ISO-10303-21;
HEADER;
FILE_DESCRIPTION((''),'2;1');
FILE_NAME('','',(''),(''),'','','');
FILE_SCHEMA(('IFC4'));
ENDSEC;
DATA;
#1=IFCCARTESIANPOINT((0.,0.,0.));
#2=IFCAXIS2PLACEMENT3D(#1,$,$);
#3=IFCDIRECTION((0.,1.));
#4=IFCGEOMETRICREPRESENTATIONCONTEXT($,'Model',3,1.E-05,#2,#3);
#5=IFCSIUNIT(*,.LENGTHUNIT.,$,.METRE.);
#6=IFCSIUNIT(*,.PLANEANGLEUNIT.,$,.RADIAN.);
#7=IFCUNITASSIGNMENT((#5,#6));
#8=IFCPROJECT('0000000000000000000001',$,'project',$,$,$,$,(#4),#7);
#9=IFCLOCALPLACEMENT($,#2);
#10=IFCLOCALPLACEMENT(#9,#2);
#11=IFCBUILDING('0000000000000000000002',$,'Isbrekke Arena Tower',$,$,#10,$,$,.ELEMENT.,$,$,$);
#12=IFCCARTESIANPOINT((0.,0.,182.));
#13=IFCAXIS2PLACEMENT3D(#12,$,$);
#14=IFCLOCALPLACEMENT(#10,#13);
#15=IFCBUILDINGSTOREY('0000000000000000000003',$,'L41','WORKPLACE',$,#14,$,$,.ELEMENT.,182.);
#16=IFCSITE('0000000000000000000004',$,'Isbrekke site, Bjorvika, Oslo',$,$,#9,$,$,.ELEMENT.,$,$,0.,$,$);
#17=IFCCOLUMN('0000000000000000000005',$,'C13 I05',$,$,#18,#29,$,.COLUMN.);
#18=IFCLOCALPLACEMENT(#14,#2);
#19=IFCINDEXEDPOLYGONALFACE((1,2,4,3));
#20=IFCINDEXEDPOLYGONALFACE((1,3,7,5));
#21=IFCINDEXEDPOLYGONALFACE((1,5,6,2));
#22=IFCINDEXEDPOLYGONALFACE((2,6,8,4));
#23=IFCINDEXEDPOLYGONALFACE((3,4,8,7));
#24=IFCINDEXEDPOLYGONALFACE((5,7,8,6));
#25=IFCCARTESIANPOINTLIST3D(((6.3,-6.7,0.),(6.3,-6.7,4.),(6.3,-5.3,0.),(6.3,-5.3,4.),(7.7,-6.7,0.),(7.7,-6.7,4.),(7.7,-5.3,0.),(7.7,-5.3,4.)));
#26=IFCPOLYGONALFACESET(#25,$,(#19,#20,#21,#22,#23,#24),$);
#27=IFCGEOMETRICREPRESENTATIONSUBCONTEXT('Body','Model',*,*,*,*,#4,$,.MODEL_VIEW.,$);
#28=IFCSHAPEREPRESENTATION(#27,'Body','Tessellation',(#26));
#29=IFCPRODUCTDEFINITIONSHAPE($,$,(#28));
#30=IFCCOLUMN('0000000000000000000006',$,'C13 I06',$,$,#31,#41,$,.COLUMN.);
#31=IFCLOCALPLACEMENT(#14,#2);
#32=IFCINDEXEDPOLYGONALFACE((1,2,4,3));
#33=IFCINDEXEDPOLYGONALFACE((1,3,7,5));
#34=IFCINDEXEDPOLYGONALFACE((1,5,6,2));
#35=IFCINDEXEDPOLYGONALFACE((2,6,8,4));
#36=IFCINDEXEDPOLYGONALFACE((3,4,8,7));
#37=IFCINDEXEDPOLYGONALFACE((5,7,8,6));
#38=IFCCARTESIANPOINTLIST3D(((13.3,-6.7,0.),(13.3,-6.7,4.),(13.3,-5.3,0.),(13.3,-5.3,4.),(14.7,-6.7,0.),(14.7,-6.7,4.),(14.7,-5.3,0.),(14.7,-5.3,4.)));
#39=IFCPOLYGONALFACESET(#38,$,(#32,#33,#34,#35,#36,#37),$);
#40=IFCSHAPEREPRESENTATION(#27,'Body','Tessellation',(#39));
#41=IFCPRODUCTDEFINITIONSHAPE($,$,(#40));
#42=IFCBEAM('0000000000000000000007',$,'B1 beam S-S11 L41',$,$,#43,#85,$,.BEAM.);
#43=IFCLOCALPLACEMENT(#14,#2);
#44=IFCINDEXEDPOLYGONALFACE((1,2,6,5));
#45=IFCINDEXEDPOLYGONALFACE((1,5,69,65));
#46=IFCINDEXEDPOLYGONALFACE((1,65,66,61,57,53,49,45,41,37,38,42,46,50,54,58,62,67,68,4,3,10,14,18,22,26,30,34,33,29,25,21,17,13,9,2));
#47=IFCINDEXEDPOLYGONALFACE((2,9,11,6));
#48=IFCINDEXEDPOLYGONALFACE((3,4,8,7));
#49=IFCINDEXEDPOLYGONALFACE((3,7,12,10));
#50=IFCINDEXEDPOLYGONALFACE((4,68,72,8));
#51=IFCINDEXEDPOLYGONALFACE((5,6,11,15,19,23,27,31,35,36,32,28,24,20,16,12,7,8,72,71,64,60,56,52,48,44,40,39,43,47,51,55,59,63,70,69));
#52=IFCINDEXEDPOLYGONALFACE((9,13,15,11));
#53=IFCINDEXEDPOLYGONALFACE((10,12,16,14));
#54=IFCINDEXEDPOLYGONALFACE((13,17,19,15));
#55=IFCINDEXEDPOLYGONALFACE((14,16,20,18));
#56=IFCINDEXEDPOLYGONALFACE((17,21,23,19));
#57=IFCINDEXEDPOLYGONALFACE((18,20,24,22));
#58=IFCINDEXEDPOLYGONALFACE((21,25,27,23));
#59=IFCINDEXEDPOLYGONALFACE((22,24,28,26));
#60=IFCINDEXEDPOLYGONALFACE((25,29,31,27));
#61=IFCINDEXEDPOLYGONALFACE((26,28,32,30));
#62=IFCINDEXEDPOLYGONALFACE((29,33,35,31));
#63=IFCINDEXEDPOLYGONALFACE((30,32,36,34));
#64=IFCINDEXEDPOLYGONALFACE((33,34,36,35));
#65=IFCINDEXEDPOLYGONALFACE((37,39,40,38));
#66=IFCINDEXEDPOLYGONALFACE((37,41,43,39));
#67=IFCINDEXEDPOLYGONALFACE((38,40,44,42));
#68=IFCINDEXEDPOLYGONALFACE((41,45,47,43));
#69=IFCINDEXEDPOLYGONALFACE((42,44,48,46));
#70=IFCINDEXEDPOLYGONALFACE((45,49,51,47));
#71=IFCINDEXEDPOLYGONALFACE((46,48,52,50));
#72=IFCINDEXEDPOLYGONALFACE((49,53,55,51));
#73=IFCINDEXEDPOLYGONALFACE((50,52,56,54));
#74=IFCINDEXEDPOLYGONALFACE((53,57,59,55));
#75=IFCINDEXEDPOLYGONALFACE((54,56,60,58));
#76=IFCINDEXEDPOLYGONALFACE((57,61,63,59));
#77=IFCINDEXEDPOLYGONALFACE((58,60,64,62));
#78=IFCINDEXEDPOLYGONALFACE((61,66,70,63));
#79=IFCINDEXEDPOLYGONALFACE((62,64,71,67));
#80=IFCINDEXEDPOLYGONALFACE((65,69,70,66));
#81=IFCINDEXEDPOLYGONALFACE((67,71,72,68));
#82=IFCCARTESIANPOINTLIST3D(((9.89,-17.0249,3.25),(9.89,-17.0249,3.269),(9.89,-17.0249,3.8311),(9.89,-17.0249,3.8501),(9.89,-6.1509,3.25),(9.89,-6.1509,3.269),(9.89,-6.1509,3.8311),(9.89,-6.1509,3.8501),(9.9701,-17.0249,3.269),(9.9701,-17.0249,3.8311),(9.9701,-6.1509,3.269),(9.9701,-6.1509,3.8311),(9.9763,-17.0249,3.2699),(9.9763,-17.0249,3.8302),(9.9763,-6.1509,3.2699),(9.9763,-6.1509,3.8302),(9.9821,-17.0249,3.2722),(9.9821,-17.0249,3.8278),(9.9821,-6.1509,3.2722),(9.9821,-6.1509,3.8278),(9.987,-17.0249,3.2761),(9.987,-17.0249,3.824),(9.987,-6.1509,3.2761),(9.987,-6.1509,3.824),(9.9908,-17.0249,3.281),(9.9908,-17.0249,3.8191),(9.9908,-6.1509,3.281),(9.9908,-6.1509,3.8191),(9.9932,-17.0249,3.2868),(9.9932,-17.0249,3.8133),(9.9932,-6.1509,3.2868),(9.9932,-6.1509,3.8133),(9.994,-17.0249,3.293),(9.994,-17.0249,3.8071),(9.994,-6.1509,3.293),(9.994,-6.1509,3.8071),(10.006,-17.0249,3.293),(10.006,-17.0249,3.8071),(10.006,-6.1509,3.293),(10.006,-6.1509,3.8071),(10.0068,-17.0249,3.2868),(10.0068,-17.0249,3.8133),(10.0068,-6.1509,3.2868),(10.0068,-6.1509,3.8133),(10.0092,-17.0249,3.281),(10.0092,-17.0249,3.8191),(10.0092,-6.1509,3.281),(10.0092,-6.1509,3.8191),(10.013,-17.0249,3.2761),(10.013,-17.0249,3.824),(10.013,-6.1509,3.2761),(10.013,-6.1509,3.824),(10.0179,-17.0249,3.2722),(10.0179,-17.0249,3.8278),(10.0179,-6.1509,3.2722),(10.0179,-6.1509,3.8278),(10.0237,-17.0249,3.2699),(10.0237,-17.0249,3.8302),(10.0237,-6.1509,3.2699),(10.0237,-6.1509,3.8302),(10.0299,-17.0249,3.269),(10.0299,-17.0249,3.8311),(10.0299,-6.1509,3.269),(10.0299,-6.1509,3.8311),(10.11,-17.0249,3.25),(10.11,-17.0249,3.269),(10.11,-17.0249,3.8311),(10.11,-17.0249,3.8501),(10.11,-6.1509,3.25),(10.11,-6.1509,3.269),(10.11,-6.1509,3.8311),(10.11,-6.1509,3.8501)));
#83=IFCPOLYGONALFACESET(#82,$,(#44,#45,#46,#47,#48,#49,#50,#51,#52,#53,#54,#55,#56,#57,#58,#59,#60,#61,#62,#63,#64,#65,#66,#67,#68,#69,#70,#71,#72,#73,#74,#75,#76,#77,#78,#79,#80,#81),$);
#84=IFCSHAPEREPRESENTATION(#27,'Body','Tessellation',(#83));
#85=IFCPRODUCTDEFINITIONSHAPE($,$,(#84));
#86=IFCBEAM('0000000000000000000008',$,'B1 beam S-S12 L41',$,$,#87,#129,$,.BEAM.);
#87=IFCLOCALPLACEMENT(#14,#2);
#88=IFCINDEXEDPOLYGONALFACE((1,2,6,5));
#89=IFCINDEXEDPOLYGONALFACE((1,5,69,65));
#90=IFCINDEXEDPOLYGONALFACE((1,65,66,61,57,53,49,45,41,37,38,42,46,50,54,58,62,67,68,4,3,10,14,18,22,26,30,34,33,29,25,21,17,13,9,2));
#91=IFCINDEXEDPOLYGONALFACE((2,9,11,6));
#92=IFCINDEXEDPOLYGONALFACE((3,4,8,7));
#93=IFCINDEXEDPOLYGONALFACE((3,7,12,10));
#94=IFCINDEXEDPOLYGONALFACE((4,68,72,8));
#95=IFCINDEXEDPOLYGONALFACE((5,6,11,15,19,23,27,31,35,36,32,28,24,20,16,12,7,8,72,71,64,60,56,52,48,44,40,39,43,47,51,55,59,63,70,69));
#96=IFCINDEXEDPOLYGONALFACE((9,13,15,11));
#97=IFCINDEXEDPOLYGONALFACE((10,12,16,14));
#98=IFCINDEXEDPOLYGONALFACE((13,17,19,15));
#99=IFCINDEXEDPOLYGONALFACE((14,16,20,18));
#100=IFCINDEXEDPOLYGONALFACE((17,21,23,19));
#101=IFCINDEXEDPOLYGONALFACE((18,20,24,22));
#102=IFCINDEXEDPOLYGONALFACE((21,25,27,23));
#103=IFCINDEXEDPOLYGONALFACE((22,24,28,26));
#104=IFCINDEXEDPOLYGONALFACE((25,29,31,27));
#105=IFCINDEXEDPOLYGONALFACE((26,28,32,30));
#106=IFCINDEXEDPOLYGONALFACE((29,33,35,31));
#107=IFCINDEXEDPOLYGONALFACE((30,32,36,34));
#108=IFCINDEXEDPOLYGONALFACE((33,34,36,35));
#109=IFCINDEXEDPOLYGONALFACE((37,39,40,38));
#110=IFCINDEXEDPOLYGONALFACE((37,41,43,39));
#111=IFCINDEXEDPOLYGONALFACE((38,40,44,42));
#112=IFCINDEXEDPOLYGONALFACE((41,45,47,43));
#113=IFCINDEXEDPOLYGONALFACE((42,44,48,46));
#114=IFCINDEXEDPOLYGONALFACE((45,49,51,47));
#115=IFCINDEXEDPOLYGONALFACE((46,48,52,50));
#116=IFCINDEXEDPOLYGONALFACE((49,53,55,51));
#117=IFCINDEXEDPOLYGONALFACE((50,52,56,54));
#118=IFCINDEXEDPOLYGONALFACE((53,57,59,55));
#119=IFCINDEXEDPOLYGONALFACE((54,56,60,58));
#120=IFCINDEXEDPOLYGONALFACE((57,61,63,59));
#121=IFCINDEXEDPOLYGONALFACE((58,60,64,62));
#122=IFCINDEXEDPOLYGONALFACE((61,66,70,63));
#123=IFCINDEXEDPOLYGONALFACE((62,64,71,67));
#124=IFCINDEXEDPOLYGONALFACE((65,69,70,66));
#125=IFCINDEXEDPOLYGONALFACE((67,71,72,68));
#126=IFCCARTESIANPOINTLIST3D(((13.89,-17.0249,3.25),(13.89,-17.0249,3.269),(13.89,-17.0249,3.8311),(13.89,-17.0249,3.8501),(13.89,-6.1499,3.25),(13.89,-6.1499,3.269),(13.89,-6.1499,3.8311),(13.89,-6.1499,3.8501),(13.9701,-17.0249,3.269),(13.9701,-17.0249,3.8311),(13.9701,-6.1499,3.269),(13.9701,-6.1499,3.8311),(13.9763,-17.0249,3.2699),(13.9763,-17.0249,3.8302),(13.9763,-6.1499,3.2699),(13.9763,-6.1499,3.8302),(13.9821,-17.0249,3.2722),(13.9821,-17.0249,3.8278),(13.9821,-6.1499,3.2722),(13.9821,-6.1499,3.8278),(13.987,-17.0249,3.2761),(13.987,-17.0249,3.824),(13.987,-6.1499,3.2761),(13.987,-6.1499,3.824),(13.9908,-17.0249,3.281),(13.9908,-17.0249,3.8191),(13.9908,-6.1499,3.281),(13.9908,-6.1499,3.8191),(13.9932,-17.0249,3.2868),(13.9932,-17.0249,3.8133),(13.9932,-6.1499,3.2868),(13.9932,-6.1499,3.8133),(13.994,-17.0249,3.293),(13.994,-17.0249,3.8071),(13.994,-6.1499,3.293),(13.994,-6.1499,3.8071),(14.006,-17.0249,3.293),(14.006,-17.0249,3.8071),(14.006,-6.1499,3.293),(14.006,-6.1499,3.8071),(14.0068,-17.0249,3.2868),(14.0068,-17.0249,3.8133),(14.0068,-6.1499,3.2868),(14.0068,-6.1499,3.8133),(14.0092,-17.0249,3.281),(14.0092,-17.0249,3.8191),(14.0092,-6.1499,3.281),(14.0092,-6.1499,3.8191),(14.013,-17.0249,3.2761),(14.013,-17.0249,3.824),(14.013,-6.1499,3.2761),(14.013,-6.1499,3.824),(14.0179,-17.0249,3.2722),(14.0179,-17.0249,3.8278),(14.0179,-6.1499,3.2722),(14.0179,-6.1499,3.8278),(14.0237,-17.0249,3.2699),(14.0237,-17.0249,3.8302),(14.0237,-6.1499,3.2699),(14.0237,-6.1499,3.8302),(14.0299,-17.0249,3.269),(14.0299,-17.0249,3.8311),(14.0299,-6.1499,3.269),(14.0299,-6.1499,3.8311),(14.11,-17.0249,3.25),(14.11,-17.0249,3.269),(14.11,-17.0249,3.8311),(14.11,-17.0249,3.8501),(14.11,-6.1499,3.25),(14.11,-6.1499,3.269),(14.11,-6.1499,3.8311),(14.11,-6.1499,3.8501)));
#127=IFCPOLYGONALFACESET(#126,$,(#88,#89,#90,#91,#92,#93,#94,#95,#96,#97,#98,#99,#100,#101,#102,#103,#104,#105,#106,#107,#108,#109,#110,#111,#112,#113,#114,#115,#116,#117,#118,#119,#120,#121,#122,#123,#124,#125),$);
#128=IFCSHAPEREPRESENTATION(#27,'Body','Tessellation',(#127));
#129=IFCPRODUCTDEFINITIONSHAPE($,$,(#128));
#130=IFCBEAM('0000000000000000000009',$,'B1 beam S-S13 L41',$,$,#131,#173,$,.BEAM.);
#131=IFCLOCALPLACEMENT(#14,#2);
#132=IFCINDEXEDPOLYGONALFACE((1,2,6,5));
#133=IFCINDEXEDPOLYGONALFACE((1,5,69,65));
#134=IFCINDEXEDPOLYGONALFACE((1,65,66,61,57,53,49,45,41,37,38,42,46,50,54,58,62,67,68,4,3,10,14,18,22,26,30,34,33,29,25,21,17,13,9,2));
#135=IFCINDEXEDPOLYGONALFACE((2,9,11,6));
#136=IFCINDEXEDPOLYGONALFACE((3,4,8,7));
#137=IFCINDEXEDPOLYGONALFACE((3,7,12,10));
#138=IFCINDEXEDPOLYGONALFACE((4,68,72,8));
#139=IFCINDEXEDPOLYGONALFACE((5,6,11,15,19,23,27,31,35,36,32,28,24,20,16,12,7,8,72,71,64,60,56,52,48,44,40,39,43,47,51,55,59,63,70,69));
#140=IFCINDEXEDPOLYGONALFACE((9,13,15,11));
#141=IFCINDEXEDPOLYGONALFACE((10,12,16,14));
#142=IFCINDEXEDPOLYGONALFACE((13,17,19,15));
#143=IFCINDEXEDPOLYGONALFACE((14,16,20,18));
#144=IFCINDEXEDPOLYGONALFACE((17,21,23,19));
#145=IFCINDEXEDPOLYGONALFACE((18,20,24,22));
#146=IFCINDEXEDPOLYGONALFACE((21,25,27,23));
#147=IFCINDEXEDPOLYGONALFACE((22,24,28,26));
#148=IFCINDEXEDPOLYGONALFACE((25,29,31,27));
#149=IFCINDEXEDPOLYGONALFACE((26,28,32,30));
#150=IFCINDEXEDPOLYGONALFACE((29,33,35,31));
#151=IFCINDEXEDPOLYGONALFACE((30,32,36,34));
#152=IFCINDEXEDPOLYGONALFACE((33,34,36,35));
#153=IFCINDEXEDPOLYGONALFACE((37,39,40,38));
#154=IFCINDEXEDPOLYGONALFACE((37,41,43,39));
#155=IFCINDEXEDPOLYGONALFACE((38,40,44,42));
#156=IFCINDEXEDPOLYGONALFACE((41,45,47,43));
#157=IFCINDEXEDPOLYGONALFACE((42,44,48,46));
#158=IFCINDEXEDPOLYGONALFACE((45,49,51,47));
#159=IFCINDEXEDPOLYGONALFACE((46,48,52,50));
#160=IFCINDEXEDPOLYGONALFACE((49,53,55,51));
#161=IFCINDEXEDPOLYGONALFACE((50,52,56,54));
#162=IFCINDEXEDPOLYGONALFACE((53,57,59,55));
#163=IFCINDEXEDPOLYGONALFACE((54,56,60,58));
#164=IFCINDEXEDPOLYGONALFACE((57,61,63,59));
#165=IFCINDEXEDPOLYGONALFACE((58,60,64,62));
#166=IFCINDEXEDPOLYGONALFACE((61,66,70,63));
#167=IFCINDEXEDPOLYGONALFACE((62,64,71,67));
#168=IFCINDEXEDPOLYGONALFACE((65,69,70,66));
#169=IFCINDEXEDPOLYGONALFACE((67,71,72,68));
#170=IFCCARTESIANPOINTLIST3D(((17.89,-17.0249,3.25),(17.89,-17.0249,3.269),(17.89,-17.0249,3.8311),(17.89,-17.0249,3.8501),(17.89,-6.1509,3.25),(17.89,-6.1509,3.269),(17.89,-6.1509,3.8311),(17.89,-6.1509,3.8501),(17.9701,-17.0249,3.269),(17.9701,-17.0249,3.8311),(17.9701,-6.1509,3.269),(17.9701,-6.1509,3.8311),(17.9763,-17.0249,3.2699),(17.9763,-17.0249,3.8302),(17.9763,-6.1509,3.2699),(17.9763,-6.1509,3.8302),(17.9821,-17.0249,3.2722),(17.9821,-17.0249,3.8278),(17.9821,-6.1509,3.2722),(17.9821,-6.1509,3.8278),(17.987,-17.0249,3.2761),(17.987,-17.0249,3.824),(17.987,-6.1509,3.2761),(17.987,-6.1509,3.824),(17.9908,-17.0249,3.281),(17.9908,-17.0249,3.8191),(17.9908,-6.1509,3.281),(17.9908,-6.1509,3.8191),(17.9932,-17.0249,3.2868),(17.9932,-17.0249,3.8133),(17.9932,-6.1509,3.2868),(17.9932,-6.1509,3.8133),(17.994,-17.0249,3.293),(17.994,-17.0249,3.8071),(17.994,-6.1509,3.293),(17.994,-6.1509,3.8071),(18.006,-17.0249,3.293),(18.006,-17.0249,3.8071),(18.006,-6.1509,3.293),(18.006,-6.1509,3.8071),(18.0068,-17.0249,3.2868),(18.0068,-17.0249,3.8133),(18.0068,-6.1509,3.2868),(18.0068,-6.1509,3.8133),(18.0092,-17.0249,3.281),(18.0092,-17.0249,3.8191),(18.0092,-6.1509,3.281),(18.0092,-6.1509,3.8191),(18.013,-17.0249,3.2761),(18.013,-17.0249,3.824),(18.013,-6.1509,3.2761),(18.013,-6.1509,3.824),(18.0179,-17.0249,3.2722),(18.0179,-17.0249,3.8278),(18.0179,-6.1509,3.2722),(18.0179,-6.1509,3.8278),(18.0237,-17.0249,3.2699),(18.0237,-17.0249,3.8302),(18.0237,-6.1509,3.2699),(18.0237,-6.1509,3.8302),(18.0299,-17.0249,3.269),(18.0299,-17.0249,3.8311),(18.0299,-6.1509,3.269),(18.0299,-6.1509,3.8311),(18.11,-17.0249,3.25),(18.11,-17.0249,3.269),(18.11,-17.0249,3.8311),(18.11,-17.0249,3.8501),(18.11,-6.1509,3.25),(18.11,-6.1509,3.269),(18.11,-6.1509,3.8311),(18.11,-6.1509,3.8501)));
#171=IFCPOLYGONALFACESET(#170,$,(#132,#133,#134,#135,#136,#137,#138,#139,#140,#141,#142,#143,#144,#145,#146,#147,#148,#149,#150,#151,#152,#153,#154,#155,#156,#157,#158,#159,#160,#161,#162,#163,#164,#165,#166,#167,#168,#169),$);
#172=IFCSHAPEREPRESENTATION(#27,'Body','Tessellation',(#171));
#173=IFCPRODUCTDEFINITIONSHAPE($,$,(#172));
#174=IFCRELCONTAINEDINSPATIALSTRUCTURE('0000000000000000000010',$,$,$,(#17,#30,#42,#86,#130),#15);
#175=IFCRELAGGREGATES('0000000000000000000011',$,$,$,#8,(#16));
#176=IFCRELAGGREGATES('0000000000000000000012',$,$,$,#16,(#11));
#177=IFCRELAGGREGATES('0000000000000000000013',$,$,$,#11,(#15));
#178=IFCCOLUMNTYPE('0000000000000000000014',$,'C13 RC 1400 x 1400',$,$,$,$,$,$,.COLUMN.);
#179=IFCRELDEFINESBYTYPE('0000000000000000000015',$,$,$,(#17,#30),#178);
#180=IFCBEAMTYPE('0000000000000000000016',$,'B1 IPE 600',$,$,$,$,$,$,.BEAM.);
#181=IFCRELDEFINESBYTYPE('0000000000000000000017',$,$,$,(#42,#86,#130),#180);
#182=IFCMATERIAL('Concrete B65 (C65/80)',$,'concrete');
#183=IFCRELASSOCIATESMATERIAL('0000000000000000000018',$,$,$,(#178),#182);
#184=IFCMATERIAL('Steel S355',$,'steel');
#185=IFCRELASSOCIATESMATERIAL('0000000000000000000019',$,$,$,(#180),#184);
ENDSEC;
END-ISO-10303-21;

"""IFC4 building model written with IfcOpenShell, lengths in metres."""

from ifc_helpers import new_model, si_unit, direction, frame, origin, origin_2d, place, context, subcontext, project, spatial, rectangle, i_section, extrude, material, material_profile, profile_set, type_object, element, save


model = new_model("IFC4")

# Units and contexts
model_context = context("Model", 3, precision=1e-05, world=origin(), true_north=direction((0.0, 1.0)))
body_context = subcontext(model_context, "Body", "Model", "MODEL_VIEW")
ifc_project = project(units=[si_unit("LENGTHUNIT", "METRE"), si_unit("PLANEANGLEUNIT", "RADIAN")], contexts=[model_context])

# Site, building, storey
site_placement = place(None, origin())
site = spatial("IfcSite", under=ifc_project, at=site_placement, Name="Isbrekke site, Bjorvika, Oslo", CompositionType="ELEMENT", RefElevation=0.0)
building_placement = place(site_placement, origin())
building = spatial("IfcBuilding", under=site, at=building_placement, Name="Isbrekke Arena Tower", CompositionType="ELEMENT")
storey_placement = place(building_placement, frame((0.0, 0.0, 182.0)))
storey = spatial("IfcBuildingStorey", under=building, at=storey_placement, Name="L41", Description="WORKPLACE", CompositionType="ELEMENT", Elevation=182.0)

# Columns
ifc_material_1 = material(Name="Concrete B65 (C65/80)", Category="concrete")
ifc_material_profile_1 = material_profile(ifc_material_1, rectangle(XDim=1.3999, YDim=1.3999, at=origin_2d()), Name="RC 1400x1400")
ifc_profile_set_1 = profile_set([ifc_material_profile_1], Name="Concrete B65 (C65/80)")
column_type = type_object("IfcColumnType", Name="C13 RC 1400 x 1400", PredefinedType="COLUMN", material=ifc_profile_set_1)
for number, where, z_axis, x_axis, name in (
    (1, (7.0, -6.0, 0.0), (0.0, 0.0, 1.0), (1.0, 0.0, 0.0), "C13 I05"),
    (2, (14.0, -6.0, 0.0), (0.0, 0.0, 1.0), (1.0, 0.0, 0.0), "C13 I06"),
):
    element("IfcColumn", number, at=place(storey_placement, frame(where, z_axis=z_axis, x_axis=x_axis)), inside=storey, type_object=column_type, Name=name, PredefinedType="COLUMN", context=body_context, shape_type="SweptSolid", body=[
        extrude(rectangle(XDim=1.3999, YDim=1.3999, at=origin_2d()), origin(), (0.0, 0.0, 1.0), 4.0),
    ])

# Beams
ifc_material_2 = material(Name="Steel S355", Category="steel")
ifc_material_profile_2 = material_profile(ifc_material_2, i_section(OverallWidth=0.22, OverallDepth=0.6001, WebThickness=0.012, FlangeThickness=0.019, FilletRadius=0.0239, at=origin_2d()), Name="IPE 600")
ifc_profile_set_2 = profile_set([ifc_material_profile_2], Name="Steel S355")
beam_type_1 = type_object("IfcBeamType", Name="B1 IPE 600", PredefinedType="BEAM", material=ifc_profile_set_2)
beam_1_placement = place(storey_placement, frame((10.0, -17.0249, 3.55), z_axis=(0.0, 1.0, 0.0), x_axis=(-1.0, 0.0, 0.0)))
element("IfcBeam", 3, at=beam_1_placement, inside=storey, type_object=beam_type_1, Name="B1 beam S-S11 L41", PredefinedType="BEAM", context=body_context, shape_type="SweptSolid", body=[
    extrude(i_section(OverallWidth=0.22, OverallDepth=0.6001, WebThickness=0.012, FlangeThickness=0.019, FilletRadius=0.0239, at=origin_2d()), origin(), (0.0, 0.0, 1.0), 10.874),
])
beam_2_placement = place(storey_placement, frame((14.0, -17.0249, 3.55), z_axis=(0.0, 1.0, 0.0), x_axis=(-1.0, 0.0, 0.0)))
element("IfcBeam", 4, at=beam_2_placement, inside=storey, type_object=beam_type_1, Name="B1 beam S-S12 L41", PredefinedType="BEAM", context=body_context, shape_type="SweptSolid", body=[
    extrude(i_section(OverallWidth=0.22, OverallDepth=0.6001, WebThickness=0.012, FlangeThickness=0.019, FilletRadius=0.0239, at=origin_2d()), origin(), (0.0, 0.0, 1.0), 10.875),
])
beam_3_placement = place(storey_placement, frame((18.0, -17.0249, 3.55), z_axis=(0.0, 1.0, 0.0), x_axis=(-1.0, 0.0, 0.0)))
element("IfcBeam", 5, at=beam_3_placement, inside=storey, type_object=beam_type_1, Name="B1 beam S-S13 L41", PredefinedType="BEAM", context=body_context, shape_type="SweptSolid", body=[
    extrude(i_section(OverallWidth=0.22, OverallDepth=0.6001, WebThickness=0.012, FlangeThickness=0.019, FilletRadius=0.0239, at=origin_2d()), origin(), (0.0, 0.0, 1.0), 10.874),
])

save(model, "model.ifc")
